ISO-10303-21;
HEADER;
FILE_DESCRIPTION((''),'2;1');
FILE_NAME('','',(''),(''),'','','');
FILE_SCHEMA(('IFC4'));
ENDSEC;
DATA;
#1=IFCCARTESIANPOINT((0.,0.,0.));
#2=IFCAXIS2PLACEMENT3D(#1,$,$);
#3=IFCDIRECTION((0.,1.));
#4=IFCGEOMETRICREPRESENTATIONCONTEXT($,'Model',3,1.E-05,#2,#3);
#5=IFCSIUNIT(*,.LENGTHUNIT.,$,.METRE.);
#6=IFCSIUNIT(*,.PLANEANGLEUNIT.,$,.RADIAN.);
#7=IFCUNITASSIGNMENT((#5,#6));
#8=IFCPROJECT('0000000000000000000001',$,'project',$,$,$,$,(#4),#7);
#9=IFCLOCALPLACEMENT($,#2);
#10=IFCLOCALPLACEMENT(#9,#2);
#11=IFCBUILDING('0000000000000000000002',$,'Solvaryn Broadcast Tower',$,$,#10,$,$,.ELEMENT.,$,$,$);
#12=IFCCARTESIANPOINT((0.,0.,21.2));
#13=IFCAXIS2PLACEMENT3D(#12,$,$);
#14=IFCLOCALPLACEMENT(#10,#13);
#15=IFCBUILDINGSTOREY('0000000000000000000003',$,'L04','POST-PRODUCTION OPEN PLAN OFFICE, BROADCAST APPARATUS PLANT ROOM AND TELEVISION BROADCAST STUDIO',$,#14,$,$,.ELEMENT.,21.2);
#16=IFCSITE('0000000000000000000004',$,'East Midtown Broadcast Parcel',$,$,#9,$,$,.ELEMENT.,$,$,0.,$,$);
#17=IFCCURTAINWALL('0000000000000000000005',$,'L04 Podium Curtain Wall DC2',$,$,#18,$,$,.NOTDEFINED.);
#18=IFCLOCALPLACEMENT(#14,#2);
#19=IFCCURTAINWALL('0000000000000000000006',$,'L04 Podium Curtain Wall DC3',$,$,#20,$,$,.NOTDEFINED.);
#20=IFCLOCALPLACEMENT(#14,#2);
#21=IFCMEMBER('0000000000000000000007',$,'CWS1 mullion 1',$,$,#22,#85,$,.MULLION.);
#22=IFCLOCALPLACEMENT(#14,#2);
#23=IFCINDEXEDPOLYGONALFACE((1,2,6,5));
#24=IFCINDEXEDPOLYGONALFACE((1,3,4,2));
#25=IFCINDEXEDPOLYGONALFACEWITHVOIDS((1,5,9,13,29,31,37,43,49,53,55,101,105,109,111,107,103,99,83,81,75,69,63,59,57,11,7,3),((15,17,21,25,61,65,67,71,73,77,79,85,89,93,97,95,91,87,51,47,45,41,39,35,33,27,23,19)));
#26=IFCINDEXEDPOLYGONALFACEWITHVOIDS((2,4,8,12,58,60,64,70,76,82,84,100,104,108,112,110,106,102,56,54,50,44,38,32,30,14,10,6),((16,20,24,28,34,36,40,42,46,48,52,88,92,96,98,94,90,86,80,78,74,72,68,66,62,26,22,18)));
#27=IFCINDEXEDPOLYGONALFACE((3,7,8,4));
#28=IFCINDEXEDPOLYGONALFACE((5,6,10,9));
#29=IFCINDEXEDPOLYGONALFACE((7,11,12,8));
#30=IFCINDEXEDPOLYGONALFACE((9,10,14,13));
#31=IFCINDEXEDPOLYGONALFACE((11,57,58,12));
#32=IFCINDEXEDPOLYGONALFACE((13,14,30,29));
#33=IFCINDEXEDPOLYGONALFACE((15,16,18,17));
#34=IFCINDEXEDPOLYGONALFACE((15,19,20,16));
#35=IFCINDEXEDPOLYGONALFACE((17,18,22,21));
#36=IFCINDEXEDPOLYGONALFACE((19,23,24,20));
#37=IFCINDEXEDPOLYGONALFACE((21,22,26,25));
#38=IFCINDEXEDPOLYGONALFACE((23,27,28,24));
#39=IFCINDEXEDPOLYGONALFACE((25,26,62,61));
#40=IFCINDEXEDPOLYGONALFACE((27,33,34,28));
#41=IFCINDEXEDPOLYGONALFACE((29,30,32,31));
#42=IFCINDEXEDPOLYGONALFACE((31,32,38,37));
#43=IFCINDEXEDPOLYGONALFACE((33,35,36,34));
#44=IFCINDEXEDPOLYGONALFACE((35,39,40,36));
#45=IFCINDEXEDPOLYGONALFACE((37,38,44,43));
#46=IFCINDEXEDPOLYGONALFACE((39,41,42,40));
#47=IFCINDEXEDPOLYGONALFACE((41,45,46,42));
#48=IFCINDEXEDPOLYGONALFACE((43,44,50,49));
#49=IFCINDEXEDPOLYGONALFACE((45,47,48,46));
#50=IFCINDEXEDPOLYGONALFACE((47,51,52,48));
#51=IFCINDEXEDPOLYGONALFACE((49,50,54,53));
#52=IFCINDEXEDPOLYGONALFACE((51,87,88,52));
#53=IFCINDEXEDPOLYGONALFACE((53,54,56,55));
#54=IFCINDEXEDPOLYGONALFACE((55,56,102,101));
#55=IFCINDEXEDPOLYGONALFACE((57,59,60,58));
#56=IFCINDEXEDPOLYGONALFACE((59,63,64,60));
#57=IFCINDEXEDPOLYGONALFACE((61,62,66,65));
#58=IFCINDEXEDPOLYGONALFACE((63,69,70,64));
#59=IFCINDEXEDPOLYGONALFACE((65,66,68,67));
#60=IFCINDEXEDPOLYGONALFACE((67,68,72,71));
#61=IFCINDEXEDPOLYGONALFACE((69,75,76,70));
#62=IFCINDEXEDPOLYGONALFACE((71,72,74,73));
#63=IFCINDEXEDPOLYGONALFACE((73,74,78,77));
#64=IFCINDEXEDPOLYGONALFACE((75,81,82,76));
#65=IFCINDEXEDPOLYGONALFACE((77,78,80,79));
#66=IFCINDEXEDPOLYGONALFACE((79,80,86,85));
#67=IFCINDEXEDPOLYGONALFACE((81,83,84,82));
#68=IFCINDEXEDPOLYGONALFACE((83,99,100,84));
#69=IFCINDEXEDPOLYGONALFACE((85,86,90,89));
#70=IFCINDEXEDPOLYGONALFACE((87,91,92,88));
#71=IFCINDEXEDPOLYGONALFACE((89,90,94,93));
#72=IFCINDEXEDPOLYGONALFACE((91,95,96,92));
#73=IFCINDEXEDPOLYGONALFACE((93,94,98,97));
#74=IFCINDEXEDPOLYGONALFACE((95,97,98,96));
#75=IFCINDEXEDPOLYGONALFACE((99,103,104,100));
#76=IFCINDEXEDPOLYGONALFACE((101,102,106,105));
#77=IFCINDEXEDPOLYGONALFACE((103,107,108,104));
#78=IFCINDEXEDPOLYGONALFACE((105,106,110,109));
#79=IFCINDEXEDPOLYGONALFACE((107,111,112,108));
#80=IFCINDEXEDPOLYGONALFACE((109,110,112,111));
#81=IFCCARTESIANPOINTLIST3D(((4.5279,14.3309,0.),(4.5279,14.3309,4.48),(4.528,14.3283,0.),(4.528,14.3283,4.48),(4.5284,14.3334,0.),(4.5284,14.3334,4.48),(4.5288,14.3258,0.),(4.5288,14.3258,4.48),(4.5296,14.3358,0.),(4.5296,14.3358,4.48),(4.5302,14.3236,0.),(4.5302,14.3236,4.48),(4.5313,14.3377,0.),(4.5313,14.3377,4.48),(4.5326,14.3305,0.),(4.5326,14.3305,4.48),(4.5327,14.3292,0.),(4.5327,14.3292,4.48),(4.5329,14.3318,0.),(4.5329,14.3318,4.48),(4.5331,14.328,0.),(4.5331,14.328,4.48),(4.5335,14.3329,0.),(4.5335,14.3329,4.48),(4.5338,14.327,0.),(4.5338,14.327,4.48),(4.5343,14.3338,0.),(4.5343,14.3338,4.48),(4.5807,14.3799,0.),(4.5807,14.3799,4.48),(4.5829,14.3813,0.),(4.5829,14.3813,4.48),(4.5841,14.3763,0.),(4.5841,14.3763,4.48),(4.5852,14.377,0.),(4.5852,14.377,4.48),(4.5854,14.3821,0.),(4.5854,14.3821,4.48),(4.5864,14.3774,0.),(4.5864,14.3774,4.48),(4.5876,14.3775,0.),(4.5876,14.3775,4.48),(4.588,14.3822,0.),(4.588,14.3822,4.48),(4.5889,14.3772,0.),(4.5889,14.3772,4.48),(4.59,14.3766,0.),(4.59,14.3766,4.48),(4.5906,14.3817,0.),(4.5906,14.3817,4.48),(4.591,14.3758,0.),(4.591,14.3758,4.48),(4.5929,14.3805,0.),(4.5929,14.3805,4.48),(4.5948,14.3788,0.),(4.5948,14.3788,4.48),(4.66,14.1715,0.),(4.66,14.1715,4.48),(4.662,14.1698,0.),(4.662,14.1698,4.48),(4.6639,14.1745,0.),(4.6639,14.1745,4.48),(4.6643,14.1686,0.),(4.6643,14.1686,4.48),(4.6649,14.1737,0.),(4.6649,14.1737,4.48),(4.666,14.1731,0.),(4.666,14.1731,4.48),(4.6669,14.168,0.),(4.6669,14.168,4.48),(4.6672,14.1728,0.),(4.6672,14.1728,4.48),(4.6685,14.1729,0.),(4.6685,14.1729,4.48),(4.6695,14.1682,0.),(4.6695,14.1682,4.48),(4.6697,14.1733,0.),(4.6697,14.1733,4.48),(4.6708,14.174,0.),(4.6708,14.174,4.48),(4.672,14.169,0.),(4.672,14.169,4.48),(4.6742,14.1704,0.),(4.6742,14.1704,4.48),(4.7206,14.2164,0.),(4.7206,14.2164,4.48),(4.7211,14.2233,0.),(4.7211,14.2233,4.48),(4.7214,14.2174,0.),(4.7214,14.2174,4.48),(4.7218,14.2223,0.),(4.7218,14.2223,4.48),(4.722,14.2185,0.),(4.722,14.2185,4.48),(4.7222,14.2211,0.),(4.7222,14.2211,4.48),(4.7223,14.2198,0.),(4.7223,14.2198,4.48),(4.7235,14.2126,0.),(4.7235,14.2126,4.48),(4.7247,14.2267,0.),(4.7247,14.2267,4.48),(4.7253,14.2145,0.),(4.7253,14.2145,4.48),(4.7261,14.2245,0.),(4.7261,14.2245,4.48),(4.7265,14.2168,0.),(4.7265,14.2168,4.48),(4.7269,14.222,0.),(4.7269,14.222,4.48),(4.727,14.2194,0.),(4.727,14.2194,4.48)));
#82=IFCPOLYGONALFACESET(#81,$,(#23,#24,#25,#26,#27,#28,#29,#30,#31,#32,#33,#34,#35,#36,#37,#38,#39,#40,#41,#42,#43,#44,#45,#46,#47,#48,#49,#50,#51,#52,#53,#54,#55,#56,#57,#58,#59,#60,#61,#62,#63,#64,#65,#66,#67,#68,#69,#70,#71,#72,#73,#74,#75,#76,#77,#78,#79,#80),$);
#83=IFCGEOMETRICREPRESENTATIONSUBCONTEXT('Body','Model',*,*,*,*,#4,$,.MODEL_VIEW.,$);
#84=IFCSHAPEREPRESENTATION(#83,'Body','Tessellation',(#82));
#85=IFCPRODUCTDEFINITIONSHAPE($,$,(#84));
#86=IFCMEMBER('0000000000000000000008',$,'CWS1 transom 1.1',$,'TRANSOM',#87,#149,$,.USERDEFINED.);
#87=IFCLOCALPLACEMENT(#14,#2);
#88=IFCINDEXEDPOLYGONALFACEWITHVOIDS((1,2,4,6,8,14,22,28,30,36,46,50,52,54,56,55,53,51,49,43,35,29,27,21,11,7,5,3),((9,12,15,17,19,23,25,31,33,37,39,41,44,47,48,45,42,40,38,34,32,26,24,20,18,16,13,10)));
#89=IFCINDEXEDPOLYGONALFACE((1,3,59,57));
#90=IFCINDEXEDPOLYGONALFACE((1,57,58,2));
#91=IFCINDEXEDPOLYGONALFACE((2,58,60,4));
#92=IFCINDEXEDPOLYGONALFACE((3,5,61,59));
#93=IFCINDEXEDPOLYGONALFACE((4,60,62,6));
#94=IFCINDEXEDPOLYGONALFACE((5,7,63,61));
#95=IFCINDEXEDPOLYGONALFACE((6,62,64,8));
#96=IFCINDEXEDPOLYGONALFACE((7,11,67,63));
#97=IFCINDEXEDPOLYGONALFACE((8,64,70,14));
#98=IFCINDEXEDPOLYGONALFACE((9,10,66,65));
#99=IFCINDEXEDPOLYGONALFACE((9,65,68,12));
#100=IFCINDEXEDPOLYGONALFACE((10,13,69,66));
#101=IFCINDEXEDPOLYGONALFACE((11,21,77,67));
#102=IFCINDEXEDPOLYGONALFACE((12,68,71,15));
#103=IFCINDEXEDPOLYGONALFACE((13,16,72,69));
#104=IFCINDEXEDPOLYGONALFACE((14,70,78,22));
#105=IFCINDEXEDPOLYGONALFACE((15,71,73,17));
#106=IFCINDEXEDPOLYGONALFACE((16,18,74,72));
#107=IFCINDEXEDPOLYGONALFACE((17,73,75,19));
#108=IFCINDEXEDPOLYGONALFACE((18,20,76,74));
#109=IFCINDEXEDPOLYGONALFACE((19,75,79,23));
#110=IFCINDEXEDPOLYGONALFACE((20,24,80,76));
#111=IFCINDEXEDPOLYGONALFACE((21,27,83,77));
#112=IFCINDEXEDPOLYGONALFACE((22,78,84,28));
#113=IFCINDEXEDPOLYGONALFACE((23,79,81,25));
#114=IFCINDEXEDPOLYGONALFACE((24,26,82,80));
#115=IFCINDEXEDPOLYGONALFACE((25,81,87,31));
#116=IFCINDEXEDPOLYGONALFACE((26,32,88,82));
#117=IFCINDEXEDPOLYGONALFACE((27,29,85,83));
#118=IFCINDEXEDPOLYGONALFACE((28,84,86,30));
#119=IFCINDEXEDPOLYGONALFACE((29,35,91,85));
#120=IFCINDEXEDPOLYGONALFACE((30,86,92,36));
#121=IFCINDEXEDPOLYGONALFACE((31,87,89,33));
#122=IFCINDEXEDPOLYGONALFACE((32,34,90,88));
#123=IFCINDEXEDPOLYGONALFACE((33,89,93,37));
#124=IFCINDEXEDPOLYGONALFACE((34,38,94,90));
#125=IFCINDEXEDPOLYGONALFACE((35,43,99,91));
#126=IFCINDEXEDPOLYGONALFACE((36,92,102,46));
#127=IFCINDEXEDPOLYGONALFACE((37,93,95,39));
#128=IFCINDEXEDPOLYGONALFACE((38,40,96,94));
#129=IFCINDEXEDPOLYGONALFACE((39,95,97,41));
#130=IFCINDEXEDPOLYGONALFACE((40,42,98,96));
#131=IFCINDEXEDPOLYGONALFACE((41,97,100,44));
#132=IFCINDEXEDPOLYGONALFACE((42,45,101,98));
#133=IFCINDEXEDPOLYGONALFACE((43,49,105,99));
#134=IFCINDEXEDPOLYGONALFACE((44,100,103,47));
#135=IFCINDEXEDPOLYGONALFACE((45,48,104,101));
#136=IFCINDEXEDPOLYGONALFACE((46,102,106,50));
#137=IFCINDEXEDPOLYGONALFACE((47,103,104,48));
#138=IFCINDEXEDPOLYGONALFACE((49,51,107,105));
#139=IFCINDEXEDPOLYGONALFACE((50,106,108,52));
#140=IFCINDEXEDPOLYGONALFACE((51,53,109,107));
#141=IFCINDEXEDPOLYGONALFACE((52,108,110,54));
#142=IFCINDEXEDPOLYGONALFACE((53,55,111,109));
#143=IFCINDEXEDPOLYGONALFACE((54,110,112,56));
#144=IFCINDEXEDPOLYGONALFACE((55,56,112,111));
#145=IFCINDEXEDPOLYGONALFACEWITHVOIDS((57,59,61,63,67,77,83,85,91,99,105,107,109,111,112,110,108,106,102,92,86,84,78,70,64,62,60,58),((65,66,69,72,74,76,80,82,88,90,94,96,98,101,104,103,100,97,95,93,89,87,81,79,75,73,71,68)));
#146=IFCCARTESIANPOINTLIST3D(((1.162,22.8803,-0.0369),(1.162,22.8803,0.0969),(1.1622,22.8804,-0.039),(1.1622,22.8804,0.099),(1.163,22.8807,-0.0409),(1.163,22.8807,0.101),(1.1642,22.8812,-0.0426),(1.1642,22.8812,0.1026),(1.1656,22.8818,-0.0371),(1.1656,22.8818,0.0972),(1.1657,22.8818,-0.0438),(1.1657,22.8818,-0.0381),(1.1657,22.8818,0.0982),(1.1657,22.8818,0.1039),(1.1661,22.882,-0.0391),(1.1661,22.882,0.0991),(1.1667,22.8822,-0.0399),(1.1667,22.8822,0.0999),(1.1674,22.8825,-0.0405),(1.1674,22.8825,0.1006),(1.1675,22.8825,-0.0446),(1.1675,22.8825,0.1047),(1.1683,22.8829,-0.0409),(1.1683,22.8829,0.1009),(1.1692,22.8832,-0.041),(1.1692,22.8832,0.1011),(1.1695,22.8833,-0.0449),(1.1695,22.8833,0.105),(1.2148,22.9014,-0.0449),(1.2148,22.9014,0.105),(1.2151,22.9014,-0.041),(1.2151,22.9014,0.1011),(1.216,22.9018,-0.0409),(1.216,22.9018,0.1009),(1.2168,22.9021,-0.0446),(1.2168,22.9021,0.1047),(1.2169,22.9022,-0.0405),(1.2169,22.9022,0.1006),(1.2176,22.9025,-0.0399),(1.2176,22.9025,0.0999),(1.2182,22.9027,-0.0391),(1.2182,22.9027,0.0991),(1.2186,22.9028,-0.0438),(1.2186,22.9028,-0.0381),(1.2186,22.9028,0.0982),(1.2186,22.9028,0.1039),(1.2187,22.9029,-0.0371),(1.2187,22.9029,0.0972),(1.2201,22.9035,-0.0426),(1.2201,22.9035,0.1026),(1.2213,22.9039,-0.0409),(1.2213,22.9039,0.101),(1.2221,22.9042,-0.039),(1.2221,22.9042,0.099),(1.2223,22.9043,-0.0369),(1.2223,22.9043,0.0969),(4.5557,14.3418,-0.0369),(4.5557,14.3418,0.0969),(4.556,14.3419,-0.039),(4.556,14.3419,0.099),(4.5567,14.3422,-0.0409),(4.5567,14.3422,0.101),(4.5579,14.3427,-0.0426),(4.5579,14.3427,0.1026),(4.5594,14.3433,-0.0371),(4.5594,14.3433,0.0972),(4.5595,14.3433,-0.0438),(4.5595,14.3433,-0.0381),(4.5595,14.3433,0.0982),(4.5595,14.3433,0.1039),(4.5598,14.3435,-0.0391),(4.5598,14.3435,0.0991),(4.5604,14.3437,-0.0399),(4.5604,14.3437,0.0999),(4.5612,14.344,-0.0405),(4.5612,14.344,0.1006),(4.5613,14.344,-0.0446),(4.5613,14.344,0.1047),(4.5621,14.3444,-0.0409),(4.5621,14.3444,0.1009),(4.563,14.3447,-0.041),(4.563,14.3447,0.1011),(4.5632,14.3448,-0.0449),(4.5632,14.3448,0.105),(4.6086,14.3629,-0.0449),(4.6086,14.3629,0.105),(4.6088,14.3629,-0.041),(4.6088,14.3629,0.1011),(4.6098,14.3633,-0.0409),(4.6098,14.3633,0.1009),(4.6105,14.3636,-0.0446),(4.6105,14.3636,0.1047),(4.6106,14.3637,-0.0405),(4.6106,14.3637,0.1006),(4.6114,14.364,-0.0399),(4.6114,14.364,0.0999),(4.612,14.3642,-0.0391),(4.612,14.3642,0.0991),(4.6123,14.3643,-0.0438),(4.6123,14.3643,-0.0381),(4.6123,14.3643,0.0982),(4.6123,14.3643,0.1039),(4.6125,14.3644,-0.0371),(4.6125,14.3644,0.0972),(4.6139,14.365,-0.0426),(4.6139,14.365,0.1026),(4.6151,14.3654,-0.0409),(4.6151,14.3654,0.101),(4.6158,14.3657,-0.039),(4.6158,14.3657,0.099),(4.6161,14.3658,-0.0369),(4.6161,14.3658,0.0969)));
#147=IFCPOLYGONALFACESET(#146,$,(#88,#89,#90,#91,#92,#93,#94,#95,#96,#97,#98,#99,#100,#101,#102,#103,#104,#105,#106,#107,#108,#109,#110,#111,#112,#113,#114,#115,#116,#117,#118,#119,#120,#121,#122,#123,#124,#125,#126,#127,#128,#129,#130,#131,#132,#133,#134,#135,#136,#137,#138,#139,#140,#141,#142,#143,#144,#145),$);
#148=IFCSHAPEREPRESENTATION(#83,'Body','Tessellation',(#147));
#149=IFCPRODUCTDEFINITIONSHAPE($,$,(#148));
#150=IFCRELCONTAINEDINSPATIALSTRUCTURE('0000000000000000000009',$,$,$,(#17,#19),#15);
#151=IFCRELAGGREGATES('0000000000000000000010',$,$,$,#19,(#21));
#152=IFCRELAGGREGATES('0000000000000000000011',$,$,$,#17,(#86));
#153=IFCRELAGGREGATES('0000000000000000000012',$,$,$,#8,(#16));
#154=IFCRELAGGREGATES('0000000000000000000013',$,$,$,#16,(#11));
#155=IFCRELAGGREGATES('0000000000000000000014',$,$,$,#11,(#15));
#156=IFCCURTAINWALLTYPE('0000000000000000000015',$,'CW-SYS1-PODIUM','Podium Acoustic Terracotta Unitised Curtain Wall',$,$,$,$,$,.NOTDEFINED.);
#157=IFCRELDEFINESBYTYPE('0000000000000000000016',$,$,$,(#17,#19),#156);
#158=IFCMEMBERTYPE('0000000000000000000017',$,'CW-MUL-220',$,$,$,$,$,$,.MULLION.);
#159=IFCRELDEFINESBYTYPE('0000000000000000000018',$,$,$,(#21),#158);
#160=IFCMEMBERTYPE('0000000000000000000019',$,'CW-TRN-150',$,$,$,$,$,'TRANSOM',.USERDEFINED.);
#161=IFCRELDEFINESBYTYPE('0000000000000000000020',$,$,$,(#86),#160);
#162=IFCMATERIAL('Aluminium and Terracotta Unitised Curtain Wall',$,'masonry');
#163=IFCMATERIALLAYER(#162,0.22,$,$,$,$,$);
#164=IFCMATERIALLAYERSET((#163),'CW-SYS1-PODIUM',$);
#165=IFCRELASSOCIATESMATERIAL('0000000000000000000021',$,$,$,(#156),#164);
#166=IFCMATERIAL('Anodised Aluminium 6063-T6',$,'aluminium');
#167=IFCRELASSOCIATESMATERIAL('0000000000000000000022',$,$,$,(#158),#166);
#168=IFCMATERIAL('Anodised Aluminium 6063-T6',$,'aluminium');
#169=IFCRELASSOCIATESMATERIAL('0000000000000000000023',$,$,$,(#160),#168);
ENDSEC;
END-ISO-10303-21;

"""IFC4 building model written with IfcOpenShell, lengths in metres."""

from ifc_helpers import new_model, si_unit, direction, frame, origin, origin_2d, place, context, subcontext, project, spatial, hollow_rectangle, extrude, material, layer, layer_set, material_profile, profile_set, type_object, element, aggregate, save


model = new_model("IFC4")

# Units and contexts
model_context = context("Model", 3, precision=1e-05, world=origin(), true_north=direction((0.0, 1.0)))
body_context = subcontext(model_context, "Body", "Model", "MODEL_VIEW")
ifc_project = project(units=[si_unit("LENGTHUNIT", "METRE"), si_unit("PLANEANGLEUNIT", "RADIAN")], contexts=[model_context])

# Site, building, storey
site_placement = place(None, origin())
site = spatial("IfcSite", under=ifc_project, at=site_placement, Name="East Midtown Broadcast Parcel", CompositionType="ELEMENT", RefElevation=0.0)
building_placement = place(site_placement, origin())
building = spatial("IfcBuilding", under=site, at=building_placement, Name="Solvaryn Broadcast Tower", CompositionType="ELEMENT")
storey_placement = place(building_placement, frame((0.0, 0.0, 21.2)))
storey = spatial("IfcBuildingStorey", under=building, at=storey_placement, Name="L04", Description="POST-PRODUCTION OPEN PLAN OFFICE, BROADCAST APPARATUS PLANT ROOM AND TELEVISION BROADCAST STUDIO", CompositionType="ELEMENT", Elevation=21.2)

# Shared definitions
ifc_material_1 = material(Name="Aluminium and Terracotta Unitised Curtain Wall", Category="masonry")
ifc_layer_1 = layer(ifc_material_1, 0.22)
ifc_layer_set_1 = layer_set([ifc_layer_1], Name="CW-SYS1-PODIUM")
curtain_wall_type = type_object("IfcCurtainWallType", Name="CW-SYS1-PODIUM", Description="Podium Acoustic Terracotta Unitised Curtain Wall", PredefinedType="NOTDEFINED", material=ifc_layer_set_1)
ifc_material_2 = material(Name="Anodised Aluminium 6063-T6", Category="aluminium")
ifc_material_profile_1 = material_profile(ifc_material_2, hollow_rectangle(XDim=0.085, YDim=0.22, WallThickness=0.0049, InnerFilletRadius=0.0049, OuterFilletRadius=0.01, at=origin_2d()))
ifc_profile_set_1 = profile_set([ifc_material_profile_1], Name="Anodised Aluminium 6063-T6")
member_type_1 = type_object("IfcMemberType", Name="CW-MUL-220", PredefinedType="MULLION", material=ifc_profile_set_1)

# Curtain wall
curtain_wall_1_placement = place(storey_placement, origin())
curtain_wall_1 = element("IfcCurtainWall", 1, at=curtain_wall_1_placement, inside=storey, type_object=curtain_wall_type, Name="L04 Podium Curtain Wall DC2", PredefinedType="NOTDEFINED")

# Curtain wall, member
curtain_wall_2_placement = place(storey_placement, origin())
curtain_wall_2 = element("IfcCurtainWall", 2, at=curtain_wall_2_placement, inside=storey, type_object=curtain_wall_type, Name="L04 Podium Curtain Wall DC3", PredefinedType="NOTDEFINED")
member_1_placement = place(storey_placement, frame((4.6274, 14.2751, 0.0), z_axis=(0.0, 0.0, 1.0), x_axis=(0.760567, 0.649259, 0.0)))
member_1 = element("IfcMember", 3, at=member_1_placement, type_object=member_type_1, Name="CWS1 mullion 1", PredefinedType="MULLION", context=body_context, shape_type="SweptSolid", body=[
    extrude(hollow_rectangle(XDim=0.085, YDim=0.22, WallThickness=0.0049, InnerFilletRadius=0.0049, OuterFilletRadius=0.01, at=origin_2d()), origin(), (0.0, 0.0, 1.0), 4.48),
])

# Member
ifc_material_3 = material(Name="Anodised Aluminium 6063-T6", Category="aluminium")
ifc_material_profile_2 = material_profile(ifc_material_3, hollow_rectangle(XDim=0.0649, YDim=0.1499, WallThickness=0.0039, InnerFilletRadius=0.0039, OuterFilletRadius=0.0081, at=origin_2d()))
ifc_profile_set_2 = profile_set([ifc_material_profile_2], Name="Anodised Aluminium 6063-T6")
member_type_2 = type_object("IfcMemberType", Name="CW-TRN-150", ElementType="TRANSOM", PredefinedType="USERDEFINED", material=ifc_profile_set_2)
member_2_placement = place(storey_placement, frame((1.1921, 22.8923, 0.03), z_axis=(0.36936, -0.929286, 0.0), x_axis=(0.929286, 0.36936, 0.0)))
member_2 = element("IfcMember", 4, at=member_2_placement, type_object=member_type_2, Name="CWS1 transom 1.1", ObjectType="TRANSOM", PredefinedType="USERDEFINED", context=body_context, shape_type="SweptSolid", body=[
    extrude(hollow_rectangle(XDim=0.0649, YDim=0.1499, WallThickness=0.0039, InnerFilletRadius=0.0039, OuterFilletRadius=0.0081, at=origin_2d()), origin(), (0.0, 0.0, 1.0), 9.1882),
])
aggregate(curtain_wall_2, [member_1])

aggregate(curtain_wall_1, [member_2])

save(model, "model.ifc")
